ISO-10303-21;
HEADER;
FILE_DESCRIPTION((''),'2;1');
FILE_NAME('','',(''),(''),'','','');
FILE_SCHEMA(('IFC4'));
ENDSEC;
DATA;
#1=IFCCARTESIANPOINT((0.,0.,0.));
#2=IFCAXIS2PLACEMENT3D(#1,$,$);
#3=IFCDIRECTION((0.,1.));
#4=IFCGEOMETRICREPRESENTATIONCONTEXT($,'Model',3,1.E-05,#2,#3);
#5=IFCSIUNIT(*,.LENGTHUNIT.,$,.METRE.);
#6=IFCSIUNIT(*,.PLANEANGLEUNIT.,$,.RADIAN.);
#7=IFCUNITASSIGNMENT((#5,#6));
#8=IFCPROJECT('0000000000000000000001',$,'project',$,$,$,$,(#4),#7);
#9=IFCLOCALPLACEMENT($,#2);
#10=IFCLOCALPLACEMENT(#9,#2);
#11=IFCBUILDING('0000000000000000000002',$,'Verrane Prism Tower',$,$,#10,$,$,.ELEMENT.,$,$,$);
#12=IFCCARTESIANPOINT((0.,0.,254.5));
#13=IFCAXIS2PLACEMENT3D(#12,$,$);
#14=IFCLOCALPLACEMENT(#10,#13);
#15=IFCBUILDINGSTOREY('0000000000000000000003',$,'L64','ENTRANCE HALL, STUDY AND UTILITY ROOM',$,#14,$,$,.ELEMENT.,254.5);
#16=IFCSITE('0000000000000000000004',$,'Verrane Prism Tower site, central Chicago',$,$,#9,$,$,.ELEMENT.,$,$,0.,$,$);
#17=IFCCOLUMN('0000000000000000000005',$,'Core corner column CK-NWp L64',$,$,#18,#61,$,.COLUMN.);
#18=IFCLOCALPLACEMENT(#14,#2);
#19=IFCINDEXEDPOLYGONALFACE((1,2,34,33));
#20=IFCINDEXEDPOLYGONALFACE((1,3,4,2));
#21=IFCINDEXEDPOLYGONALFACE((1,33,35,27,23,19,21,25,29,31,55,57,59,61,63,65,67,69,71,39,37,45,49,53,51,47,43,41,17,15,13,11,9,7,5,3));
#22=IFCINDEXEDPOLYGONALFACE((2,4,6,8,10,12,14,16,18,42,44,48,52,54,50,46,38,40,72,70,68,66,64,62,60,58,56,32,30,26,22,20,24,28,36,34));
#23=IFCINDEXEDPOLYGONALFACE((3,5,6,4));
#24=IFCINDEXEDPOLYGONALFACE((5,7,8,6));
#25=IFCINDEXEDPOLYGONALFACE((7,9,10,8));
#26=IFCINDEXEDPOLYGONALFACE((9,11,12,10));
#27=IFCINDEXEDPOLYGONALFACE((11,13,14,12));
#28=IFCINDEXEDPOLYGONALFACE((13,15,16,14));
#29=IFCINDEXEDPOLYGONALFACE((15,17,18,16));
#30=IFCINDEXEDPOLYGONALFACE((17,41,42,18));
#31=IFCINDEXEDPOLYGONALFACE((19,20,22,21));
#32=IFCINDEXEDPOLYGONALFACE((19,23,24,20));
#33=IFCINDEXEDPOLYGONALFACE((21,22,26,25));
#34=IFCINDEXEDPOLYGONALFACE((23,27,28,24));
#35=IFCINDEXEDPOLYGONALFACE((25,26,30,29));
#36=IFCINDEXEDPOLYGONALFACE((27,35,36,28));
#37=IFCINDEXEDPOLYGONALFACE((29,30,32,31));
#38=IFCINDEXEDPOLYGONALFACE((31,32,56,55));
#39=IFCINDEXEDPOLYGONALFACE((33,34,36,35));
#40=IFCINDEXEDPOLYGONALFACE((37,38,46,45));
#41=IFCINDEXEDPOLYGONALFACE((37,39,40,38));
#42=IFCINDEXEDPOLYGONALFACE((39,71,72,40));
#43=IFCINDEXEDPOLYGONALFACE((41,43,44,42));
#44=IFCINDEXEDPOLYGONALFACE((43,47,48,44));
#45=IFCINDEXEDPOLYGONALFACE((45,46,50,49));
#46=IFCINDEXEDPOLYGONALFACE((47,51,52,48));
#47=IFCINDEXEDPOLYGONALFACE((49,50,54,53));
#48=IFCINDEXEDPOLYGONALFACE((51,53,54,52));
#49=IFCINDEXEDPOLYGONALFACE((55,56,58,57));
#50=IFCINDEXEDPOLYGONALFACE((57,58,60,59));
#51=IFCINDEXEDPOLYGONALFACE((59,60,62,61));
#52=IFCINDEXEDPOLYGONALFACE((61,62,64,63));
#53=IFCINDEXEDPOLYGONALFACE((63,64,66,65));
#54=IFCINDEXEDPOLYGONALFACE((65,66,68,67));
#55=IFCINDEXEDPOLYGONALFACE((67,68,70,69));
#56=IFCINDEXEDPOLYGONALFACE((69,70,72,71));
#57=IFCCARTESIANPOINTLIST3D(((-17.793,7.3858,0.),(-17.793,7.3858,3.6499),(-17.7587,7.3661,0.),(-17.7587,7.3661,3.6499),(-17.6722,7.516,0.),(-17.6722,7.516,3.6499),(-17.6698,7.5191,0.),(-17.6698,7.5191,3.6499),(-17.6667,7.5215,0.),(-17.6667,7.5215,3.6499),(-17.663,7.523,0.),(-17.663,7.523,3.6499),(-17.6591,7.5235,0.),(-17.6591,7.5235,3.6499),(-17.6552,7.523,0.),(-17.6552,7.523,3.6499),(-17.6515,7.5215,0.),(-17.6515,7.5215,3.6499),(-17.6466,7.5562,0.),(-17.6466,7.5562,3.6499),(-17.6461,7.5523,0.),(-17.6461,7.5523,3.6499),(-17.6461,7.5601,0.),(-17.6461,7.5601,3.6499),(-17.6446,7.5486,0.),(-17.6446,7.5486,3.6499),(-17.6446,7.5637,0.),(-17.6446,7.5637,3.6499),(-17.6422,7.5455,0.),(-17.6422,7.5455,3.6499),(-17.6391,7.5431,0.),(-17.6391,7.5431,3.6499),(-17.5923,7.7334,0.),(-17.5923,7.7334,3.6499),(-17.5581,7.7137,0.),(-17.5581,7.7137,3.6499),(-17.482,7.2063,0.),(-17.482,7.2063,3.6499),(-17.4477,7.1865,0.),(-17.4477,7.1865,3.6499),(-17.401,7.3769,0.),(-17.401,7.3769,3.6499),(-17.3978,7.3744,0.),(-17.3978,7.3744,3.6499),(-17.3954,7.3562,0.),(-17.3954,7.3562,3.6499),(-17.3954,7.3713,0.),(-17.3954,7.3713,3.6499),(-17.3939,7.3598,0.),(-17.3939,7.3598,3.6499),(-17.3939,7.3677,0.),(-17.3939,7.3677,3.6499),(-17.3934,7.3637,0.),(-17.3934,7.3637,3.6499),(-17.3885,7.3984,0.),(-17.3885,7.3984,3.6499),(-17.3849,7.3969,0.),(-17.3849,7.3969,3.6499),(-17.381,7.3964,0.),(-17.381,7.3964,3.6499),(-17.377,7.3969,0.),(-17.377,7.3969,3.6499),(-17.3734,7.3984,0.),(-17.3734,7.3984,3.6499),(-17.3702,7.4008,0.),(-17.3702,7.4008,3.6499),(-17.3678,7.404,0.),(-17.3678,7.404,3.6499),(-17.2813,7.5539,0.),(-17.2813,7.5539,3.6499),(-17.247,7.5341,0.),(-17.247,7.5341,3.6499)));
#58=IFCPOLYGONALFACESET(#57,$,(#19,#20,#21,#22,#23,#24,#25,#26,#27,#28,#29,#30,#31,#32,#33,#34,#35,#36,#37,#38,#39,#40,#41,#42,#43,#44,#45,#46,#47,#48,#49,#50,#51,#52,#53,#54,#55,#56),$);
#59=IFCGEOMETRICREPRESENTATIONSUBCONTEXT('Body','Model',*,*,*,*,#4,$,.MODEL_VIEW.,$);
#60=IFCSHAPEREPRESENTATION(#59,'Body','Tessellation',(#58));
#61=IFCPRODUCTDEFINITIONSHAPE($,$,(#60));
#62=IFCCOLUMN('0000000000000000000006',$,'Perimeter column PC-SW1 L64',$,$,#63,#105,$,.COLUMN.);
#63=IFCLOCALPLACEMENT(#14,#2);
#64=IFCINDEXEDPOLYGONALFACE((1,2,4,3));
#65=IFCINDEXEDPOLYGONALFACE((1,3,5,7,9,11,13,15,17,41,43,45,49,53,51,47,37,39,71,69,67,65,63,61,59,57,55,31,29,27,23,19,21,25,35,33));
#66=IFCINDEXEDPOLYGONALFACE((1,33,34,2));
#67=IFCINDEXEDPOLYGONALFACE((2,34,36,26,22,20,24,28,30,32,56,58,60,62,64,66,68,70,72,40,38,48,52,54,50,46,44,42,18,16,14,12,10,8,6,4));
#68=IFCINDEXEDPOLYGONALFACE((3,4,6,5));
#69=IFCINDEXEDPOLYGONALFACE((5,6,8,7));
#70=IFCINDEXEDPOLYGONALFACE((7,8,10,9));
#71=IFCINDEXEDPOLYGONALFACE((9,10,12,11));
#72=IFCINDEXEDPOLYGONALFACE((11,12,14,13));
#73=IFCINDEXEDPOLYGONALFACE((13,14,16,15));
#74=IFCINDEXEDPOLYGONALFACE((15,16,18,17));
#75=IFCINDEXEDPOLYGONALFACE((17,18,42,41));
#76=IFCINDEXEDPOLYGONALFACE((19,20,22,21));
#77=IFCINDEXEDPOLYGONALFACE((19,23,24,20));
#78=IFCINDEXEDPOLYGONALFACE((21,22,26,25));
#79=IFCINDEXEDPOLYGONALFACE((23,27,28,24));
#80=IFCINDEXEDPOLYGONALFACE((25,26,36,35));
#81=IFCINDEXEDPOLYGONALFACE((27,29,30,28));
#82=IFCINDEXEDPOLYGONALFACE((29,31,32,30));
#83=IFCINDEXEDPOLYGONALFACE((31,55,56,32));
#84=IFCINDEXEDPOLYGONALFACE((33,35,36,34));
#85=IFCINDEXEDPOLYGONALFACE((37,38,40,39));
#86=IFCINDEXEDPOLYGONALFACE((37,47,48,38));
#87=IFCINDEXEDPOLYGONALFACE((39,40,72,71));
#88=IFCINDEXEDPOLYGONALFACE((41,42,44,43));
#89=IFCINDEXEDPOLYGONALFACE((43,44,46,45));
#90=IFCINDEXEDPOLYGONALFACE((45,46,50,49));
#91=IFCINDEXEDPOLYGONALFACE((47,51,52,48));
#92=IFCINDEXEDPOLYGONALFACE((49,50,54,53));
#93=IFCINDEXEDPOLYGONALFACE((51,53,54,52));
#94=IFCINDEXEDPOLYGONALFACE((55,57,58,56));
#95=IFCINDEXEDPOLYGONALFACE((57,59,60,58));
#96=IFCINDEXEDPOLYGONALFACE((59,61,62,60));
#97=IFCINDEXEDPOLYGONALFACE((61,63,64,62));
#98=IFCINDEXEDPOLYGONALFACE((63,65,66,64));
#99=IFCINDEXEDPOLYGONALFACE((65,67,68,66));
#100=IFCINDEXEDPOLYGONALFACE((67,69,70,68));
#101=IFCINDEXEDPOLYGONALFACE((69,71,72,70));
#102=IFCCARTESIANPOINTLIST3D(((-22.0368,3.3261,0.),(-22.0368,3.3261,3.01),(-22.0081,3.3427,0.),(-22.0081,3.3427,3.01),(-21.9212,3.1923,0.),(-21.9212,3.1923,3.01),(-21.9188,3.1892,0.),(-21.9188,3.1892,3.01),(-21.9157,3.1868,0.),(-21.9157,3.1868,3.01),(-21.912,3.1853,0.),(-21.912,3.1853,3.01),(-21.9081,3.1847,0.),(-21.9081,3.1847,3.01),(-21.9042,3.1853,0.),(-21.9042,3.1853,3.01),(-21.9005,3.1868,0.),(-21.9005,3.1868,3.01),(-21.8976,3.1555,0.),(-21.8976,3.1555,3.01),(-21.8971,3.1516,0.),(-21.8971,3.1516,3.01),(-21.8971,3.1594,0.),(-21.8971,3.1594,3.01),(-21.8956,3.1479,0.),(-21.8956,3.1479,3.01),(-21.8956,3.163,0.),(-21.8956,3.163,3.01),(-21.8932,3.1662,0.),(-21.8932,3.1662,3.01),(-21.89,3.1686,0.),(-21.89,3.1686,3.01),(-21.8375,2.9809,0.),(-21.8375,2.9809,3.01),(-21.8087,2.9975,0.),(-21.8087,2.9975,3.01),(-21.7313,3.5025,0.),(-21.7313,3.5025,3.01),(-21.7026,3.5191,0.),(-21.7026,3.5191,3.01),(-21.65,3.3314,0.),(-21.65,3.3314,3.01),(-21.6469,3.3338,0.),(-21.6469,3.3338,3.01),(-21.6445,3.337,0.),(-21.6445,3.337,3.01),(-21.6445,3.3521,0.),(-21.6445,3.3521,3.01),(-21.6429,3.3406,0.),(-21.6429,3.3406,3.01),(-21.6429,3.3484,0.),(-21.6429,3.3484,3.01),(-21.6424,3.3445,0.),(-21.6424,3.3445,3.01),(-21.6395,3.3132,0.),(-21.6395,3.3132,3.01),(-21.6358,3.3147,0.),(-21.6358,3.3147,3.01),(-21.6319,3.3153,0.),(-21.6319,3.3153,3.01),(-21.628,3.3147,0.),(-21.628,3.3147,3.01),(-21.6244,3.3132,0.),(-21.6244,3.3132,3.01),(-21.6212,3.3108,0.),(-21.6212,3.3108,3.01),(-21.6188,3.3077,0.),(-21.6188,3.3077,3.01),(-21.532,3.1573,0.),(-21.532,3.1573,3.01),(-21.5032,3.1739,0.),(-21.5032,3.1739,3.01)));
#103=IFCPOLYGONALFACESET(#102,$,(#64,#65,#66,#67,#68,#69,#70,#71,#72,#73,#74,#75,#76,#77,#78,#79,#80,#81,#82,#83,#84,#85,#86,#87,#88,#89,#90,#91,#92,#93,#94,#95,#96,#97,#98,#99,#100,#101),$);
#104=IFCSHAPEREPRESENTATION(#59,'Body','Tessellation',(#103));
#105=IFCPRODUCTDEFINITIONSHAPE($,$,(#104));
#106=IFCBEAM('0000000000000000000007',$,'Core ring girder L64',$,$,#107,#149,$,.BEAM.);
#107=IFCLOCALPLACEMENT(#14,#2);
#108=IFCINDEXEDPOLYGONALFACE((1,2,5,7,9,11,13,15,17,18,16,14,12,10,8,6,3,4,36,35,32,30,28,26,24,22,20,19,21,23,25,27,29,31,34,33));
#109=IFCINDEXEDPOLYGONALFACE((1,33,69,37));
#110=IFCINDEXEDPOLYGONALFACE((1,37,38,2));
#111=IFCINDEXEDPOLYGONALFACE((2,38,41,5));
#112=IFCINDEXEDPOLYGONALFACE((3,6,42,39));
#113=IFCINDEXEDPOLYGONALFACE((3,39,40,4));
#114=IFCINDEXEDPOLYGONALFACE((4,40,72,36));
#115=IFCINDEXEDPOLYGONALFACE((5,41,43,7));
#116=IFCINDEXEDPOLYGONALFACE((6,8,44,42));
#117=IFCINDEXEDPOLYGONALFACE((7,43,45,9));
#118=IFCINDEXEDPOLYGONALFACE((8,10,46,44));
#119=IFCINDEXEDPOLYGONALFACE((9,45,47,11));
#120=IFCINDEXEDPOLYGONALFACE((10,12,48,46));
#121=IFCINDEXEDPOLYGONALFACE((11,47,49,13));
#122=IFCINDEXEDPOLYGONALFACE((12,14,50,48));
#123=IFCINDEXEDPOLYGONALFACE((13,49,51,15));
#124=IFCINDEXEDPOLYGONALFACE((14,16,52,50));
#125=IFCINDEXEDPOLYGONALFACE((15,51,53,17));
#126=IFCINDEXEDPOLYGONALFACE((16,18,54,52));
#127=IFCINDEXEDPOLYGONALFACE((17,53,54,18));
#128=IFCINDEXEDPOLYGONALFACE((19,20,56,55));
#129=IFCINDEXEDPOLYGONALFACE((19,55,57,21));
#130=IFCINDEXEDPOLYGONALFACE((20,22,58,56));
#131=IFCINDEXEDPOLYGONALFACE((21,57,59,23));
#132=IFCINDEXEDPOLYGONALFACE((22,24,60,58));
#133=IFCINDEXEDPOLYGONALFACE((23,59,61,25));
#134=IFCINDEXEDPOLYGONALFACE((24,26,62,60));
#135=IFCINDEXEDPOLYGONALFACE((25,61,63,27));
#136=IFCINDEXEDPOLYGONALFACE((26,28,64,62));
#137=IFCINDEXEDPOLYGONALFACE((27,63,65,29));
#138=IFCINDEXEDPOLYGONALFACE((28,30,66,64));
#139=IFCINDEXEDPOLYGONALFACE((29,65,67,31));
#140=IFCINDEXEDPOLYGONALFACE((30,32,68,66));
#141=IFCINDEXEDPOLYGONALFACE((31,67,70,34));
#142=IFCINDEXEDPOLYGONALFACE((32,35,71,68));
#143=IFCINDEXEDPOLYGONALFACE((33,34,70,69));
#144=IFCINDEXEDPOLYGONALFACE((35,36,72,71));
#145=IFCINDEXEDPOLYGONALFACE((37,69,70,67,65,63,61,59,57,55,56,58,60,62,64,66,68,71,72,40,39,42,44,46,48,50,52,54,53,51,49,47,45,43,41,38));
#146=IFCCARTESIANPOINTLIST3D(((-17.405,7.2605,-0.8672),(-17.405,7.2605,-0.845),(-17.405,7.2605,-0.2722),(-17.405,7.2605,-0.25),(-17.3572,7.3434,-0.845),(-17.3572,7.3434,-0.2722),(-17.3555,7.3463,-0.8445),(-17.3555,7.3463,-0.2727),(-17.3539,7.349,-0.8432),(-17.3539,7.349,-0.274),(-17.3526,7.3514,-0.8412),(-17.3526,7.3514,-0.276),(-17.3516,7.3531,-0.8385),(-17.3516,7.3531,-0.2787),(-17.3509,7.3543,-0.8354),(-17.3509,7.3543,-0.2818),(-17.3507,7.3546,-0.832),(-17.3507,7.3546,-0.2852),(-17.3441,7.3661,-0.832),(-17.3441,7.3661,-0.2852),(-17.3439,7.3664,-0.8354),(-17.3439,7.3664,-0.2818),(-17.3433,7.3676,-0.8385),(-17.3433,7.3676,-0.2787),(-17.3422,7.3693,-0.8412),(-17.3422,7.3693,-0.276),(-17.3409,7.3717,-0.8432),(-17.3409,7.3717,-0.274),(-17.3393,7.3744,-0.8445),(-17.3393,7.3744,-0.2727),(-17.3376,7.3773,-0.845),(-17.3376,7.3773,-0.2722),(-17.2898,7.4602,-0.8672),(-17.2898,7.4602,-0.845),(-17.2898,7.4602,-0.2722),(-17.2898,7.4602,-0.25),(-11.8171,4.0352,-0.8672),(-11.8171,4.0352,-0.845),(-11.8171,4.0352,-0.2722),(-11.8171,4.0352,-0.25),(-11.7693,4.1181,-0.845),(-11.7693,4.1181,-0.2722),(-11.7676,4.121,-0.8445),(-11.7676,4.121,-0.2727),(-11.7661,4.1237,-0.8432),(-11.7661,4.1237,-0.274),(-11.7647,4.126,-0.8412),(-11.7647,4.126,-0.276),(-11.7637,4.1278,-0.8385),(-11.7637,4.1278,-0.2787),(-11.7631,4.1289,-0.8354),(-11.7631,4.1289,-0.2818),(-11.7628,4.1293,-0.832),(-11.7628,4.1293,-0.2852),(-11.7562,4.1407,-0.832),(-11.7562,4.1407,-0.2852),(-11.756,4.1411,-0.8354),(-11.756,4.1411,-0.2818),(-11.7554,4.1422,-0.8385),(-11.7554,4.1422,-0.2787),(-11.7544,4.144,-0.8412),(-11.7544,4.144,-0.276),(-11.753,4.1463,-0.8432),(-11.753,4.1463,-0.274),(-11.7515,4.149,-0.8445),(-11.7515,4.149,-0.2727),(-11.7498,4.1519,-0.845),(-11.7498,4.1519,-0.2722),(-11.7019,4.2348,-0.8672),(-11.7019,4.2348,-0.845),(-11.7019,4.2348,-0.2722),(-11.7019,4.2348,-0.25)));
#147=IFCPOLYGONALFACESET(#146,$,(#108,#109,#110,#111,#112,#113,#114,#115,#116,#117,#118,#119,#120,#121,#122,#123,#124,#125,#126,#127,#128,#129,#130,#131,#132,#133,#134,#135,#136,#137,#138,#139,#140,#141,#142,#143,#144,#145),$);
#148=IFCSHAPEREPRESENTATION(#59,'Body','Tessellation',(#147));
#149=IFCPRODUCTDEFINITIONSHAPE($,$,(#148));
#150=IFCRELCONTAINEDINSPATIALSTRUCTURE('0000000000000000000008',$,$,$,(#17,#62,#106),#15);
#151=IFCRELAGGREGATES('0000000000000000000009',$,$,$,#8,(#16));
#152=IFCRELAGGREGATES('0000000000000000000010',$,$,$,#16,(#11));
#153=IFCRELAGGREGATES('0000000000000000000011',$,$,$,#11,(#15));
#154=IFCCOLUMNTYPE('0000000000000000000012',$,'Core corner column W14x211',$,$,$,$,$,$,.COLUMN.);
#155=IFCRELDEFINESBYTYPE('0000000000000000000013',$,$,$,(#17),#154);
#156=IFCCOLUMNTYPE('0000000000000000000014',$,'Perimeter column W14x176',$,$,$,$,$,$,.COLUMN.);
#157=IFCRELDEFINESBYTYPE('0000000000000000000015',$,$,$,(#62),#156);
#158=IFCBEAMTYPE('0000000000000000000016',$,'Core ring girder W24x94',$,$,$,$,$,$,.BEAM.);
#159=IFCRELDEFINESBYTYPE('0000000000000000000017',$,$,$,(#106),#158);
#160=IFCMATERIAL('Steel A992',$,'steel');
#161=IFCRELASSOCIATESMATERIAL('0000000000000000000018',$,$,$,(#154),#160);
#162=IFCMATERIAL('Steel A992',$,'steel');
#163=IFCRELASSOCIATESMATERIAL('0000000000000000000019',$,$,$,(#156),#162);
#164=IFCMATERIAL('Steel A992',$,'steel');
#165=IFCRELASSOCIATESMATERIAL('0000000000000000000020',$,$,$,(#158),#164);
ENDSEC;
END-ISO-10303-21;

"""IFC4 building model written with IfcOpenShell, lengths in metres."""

from ifc_helpers import new_model, si_unit, direction, frame, origin, origin_2d, place, context, subcontext, project, spatial, i_section, extrude, material, material_profile, profile_set, type_object, element, save


model = new_model("IFC4")

# Units and contexts
model_context = context("Model", 3, precision=1e-05, world=origin(), true_north=direction((0.0, 1.0)))
body_context = subcontext(model_context, "Body", "Model", "MODEL_VIEW")
ifc_project = project(units=[si_unit("LENGTHUNIT", "METRE"), si_unit("PLANEANGLEUNIT", "RADIAN")], contexts=[model_context])

# Site, building, storey
site_placement = place(None, origin())
site = spatial("IfcSite", under=ifc_project, at=site_placement, Name="Verrane Prism Tower site, central Chicago", CompositionType="ELEMENT", RefElevation=0.0)
building_placement = place(site_placement, origin())
building = spatial("IfcBuilding", under=site, at=building_placement, Name="Verrane Prism Tower", CompositionType="ELEMENT")
storey_placement = place(building_placement, frame((0.0, 0.0, 254.5)))
storey = spatial("IfcBuildingStorey", under=building, at=storey_placement, Name="L64", Description="ENTRANCE HALL, STUDY AND UTILITY ROOM", CompositionType="ELEMENT", Elevation=254.5)

# Columns
ifc_material_1 = material(Name="Steel A992", Category="steel")
ifc_material_profile_1 = material_profile(ifc_material_1, i_section(OverallWidth=0.4014, OverallDepth=0.3987, WebThickness=0.0249, FlangeThickness=0.0396, FilletRadius=0.0151, at=origin_2d()), Name="W14x211")
ifc_profile_set_1 = profile_set([ifc_material_profile_1], Name="Steel A992")
column_type_1 = type_object("IfcColumnType", Name="Core corner column W14x211", PredefinedType="COLUMN", material=ifc_profile_set_1)
column_1_placement = place(storey_placement, frame((-17.52, 7.46, 0.0), z_axis=(0.0, 0.0, 1.0), x_axis=(0.5, 0.866025, 0.0)))
element("IfcColumn", 1, at=column_1_placement, inside=storey, type_object=column_type_1, Name="Core corner column CK-NWp L64", PredefinedType="COLUMN", context=body_context, shape_type="SweptSolid", body=[
    extrude(i_section(OverallWidth=0.4014, OverallDepth=0.3987, WebThickness=0.0249, FlangeThickness=0.0396, FilletRadius=0.0151, at=origin_2d()), origin(), (0.0, 0.0, 1.0), 3.6499),
])
ifc_material_2 = material(Name="Steel A992", Category="steel")
ifc_material_profile_2 = material_profile(ifc_material_2, i_section(OverallWidth=0.3987, OverallDepth=0.386, WebThickness=0.021, FlangeThickness=0.0332, FilletRadius=0.0151, at=origin_2d()), Name="W14x176")
ifc_profile_set_2 = profile_set([ifc_material_profile_2], Name="Steel A992")
column_type_2 = type_object("IfcColumnType", Name="Perimeter column W14x176", PredefinedType="COLUMN", material=ifc_profile_set_2)
column_2_placement = place(storey_placement, frame((-21.77, 3.25, 0.0), z_axis=(0.0, 0.0, 1.0), x_axis=(-0.5, 0.866025, 0.0)))
element("IfcColumn", 2, at=column_2_placement, inside=storey, type_object=column_type_2, Name="Perimeter column PC-SW1 L64", PredefinedType="COLUMN", context=body_context, shape_type="SweptSolid", body=[
    extrude(i_section(OverallWidth=0.3987, OverallDepth=0.386, WebThickness=0.021, FlangeThickness=0.0332, FilletRadius=0.0151, at=origin_2d()), origin(), (0.0, 0.0, 1.0), 3.01),
])

# Beam
ifc_material_3 = material(Name="Steel A992", Category="steel")
ifc_material_profile_3 = material_profile(ifc_material_3, i_section(OverallWidth=0.2305, OverallDepth=0.6172, WebThickness=0.0132, FlangeThickness=0.0222, FilletRadius=0.0129, at=origin_2d()), Name="W24x94")
ifc_profile_set_3 = profile_set([ifc_material_profile_3], Name="Steel A992")
beam_type_1 = type_object("IfcBeamType", Name="Core ring girder W24x94", PredefinedType="BEAM", material=ifc_profile_set_3)
beam_1_placement = place(storey_placement, frame((-17.3474, 7.3604, -0.5586), z_axis=(0.866081, -0.499904, 0.0), x_axis=(0.499904, 0.866081, 0.0)))
element("IfcBeam", 3, at=beam_1_placement, inside=storey, type_object=beam_type_1, Name="Core ring girder L64", PredefinedType="BEAM", context=body_context, shape_type="SweptSolid", body=[
    extrude(i_section(OverallWidth=0.2305, OverallDepth=0.6172, WebThickness=0.0132, FlangeThickness=0.0222, FilletRadius=0.0129, at=origin_2d()), origin(), (0.0, 0.0, 1.0), 6.4519),
])

save(model, "model.ifc")
